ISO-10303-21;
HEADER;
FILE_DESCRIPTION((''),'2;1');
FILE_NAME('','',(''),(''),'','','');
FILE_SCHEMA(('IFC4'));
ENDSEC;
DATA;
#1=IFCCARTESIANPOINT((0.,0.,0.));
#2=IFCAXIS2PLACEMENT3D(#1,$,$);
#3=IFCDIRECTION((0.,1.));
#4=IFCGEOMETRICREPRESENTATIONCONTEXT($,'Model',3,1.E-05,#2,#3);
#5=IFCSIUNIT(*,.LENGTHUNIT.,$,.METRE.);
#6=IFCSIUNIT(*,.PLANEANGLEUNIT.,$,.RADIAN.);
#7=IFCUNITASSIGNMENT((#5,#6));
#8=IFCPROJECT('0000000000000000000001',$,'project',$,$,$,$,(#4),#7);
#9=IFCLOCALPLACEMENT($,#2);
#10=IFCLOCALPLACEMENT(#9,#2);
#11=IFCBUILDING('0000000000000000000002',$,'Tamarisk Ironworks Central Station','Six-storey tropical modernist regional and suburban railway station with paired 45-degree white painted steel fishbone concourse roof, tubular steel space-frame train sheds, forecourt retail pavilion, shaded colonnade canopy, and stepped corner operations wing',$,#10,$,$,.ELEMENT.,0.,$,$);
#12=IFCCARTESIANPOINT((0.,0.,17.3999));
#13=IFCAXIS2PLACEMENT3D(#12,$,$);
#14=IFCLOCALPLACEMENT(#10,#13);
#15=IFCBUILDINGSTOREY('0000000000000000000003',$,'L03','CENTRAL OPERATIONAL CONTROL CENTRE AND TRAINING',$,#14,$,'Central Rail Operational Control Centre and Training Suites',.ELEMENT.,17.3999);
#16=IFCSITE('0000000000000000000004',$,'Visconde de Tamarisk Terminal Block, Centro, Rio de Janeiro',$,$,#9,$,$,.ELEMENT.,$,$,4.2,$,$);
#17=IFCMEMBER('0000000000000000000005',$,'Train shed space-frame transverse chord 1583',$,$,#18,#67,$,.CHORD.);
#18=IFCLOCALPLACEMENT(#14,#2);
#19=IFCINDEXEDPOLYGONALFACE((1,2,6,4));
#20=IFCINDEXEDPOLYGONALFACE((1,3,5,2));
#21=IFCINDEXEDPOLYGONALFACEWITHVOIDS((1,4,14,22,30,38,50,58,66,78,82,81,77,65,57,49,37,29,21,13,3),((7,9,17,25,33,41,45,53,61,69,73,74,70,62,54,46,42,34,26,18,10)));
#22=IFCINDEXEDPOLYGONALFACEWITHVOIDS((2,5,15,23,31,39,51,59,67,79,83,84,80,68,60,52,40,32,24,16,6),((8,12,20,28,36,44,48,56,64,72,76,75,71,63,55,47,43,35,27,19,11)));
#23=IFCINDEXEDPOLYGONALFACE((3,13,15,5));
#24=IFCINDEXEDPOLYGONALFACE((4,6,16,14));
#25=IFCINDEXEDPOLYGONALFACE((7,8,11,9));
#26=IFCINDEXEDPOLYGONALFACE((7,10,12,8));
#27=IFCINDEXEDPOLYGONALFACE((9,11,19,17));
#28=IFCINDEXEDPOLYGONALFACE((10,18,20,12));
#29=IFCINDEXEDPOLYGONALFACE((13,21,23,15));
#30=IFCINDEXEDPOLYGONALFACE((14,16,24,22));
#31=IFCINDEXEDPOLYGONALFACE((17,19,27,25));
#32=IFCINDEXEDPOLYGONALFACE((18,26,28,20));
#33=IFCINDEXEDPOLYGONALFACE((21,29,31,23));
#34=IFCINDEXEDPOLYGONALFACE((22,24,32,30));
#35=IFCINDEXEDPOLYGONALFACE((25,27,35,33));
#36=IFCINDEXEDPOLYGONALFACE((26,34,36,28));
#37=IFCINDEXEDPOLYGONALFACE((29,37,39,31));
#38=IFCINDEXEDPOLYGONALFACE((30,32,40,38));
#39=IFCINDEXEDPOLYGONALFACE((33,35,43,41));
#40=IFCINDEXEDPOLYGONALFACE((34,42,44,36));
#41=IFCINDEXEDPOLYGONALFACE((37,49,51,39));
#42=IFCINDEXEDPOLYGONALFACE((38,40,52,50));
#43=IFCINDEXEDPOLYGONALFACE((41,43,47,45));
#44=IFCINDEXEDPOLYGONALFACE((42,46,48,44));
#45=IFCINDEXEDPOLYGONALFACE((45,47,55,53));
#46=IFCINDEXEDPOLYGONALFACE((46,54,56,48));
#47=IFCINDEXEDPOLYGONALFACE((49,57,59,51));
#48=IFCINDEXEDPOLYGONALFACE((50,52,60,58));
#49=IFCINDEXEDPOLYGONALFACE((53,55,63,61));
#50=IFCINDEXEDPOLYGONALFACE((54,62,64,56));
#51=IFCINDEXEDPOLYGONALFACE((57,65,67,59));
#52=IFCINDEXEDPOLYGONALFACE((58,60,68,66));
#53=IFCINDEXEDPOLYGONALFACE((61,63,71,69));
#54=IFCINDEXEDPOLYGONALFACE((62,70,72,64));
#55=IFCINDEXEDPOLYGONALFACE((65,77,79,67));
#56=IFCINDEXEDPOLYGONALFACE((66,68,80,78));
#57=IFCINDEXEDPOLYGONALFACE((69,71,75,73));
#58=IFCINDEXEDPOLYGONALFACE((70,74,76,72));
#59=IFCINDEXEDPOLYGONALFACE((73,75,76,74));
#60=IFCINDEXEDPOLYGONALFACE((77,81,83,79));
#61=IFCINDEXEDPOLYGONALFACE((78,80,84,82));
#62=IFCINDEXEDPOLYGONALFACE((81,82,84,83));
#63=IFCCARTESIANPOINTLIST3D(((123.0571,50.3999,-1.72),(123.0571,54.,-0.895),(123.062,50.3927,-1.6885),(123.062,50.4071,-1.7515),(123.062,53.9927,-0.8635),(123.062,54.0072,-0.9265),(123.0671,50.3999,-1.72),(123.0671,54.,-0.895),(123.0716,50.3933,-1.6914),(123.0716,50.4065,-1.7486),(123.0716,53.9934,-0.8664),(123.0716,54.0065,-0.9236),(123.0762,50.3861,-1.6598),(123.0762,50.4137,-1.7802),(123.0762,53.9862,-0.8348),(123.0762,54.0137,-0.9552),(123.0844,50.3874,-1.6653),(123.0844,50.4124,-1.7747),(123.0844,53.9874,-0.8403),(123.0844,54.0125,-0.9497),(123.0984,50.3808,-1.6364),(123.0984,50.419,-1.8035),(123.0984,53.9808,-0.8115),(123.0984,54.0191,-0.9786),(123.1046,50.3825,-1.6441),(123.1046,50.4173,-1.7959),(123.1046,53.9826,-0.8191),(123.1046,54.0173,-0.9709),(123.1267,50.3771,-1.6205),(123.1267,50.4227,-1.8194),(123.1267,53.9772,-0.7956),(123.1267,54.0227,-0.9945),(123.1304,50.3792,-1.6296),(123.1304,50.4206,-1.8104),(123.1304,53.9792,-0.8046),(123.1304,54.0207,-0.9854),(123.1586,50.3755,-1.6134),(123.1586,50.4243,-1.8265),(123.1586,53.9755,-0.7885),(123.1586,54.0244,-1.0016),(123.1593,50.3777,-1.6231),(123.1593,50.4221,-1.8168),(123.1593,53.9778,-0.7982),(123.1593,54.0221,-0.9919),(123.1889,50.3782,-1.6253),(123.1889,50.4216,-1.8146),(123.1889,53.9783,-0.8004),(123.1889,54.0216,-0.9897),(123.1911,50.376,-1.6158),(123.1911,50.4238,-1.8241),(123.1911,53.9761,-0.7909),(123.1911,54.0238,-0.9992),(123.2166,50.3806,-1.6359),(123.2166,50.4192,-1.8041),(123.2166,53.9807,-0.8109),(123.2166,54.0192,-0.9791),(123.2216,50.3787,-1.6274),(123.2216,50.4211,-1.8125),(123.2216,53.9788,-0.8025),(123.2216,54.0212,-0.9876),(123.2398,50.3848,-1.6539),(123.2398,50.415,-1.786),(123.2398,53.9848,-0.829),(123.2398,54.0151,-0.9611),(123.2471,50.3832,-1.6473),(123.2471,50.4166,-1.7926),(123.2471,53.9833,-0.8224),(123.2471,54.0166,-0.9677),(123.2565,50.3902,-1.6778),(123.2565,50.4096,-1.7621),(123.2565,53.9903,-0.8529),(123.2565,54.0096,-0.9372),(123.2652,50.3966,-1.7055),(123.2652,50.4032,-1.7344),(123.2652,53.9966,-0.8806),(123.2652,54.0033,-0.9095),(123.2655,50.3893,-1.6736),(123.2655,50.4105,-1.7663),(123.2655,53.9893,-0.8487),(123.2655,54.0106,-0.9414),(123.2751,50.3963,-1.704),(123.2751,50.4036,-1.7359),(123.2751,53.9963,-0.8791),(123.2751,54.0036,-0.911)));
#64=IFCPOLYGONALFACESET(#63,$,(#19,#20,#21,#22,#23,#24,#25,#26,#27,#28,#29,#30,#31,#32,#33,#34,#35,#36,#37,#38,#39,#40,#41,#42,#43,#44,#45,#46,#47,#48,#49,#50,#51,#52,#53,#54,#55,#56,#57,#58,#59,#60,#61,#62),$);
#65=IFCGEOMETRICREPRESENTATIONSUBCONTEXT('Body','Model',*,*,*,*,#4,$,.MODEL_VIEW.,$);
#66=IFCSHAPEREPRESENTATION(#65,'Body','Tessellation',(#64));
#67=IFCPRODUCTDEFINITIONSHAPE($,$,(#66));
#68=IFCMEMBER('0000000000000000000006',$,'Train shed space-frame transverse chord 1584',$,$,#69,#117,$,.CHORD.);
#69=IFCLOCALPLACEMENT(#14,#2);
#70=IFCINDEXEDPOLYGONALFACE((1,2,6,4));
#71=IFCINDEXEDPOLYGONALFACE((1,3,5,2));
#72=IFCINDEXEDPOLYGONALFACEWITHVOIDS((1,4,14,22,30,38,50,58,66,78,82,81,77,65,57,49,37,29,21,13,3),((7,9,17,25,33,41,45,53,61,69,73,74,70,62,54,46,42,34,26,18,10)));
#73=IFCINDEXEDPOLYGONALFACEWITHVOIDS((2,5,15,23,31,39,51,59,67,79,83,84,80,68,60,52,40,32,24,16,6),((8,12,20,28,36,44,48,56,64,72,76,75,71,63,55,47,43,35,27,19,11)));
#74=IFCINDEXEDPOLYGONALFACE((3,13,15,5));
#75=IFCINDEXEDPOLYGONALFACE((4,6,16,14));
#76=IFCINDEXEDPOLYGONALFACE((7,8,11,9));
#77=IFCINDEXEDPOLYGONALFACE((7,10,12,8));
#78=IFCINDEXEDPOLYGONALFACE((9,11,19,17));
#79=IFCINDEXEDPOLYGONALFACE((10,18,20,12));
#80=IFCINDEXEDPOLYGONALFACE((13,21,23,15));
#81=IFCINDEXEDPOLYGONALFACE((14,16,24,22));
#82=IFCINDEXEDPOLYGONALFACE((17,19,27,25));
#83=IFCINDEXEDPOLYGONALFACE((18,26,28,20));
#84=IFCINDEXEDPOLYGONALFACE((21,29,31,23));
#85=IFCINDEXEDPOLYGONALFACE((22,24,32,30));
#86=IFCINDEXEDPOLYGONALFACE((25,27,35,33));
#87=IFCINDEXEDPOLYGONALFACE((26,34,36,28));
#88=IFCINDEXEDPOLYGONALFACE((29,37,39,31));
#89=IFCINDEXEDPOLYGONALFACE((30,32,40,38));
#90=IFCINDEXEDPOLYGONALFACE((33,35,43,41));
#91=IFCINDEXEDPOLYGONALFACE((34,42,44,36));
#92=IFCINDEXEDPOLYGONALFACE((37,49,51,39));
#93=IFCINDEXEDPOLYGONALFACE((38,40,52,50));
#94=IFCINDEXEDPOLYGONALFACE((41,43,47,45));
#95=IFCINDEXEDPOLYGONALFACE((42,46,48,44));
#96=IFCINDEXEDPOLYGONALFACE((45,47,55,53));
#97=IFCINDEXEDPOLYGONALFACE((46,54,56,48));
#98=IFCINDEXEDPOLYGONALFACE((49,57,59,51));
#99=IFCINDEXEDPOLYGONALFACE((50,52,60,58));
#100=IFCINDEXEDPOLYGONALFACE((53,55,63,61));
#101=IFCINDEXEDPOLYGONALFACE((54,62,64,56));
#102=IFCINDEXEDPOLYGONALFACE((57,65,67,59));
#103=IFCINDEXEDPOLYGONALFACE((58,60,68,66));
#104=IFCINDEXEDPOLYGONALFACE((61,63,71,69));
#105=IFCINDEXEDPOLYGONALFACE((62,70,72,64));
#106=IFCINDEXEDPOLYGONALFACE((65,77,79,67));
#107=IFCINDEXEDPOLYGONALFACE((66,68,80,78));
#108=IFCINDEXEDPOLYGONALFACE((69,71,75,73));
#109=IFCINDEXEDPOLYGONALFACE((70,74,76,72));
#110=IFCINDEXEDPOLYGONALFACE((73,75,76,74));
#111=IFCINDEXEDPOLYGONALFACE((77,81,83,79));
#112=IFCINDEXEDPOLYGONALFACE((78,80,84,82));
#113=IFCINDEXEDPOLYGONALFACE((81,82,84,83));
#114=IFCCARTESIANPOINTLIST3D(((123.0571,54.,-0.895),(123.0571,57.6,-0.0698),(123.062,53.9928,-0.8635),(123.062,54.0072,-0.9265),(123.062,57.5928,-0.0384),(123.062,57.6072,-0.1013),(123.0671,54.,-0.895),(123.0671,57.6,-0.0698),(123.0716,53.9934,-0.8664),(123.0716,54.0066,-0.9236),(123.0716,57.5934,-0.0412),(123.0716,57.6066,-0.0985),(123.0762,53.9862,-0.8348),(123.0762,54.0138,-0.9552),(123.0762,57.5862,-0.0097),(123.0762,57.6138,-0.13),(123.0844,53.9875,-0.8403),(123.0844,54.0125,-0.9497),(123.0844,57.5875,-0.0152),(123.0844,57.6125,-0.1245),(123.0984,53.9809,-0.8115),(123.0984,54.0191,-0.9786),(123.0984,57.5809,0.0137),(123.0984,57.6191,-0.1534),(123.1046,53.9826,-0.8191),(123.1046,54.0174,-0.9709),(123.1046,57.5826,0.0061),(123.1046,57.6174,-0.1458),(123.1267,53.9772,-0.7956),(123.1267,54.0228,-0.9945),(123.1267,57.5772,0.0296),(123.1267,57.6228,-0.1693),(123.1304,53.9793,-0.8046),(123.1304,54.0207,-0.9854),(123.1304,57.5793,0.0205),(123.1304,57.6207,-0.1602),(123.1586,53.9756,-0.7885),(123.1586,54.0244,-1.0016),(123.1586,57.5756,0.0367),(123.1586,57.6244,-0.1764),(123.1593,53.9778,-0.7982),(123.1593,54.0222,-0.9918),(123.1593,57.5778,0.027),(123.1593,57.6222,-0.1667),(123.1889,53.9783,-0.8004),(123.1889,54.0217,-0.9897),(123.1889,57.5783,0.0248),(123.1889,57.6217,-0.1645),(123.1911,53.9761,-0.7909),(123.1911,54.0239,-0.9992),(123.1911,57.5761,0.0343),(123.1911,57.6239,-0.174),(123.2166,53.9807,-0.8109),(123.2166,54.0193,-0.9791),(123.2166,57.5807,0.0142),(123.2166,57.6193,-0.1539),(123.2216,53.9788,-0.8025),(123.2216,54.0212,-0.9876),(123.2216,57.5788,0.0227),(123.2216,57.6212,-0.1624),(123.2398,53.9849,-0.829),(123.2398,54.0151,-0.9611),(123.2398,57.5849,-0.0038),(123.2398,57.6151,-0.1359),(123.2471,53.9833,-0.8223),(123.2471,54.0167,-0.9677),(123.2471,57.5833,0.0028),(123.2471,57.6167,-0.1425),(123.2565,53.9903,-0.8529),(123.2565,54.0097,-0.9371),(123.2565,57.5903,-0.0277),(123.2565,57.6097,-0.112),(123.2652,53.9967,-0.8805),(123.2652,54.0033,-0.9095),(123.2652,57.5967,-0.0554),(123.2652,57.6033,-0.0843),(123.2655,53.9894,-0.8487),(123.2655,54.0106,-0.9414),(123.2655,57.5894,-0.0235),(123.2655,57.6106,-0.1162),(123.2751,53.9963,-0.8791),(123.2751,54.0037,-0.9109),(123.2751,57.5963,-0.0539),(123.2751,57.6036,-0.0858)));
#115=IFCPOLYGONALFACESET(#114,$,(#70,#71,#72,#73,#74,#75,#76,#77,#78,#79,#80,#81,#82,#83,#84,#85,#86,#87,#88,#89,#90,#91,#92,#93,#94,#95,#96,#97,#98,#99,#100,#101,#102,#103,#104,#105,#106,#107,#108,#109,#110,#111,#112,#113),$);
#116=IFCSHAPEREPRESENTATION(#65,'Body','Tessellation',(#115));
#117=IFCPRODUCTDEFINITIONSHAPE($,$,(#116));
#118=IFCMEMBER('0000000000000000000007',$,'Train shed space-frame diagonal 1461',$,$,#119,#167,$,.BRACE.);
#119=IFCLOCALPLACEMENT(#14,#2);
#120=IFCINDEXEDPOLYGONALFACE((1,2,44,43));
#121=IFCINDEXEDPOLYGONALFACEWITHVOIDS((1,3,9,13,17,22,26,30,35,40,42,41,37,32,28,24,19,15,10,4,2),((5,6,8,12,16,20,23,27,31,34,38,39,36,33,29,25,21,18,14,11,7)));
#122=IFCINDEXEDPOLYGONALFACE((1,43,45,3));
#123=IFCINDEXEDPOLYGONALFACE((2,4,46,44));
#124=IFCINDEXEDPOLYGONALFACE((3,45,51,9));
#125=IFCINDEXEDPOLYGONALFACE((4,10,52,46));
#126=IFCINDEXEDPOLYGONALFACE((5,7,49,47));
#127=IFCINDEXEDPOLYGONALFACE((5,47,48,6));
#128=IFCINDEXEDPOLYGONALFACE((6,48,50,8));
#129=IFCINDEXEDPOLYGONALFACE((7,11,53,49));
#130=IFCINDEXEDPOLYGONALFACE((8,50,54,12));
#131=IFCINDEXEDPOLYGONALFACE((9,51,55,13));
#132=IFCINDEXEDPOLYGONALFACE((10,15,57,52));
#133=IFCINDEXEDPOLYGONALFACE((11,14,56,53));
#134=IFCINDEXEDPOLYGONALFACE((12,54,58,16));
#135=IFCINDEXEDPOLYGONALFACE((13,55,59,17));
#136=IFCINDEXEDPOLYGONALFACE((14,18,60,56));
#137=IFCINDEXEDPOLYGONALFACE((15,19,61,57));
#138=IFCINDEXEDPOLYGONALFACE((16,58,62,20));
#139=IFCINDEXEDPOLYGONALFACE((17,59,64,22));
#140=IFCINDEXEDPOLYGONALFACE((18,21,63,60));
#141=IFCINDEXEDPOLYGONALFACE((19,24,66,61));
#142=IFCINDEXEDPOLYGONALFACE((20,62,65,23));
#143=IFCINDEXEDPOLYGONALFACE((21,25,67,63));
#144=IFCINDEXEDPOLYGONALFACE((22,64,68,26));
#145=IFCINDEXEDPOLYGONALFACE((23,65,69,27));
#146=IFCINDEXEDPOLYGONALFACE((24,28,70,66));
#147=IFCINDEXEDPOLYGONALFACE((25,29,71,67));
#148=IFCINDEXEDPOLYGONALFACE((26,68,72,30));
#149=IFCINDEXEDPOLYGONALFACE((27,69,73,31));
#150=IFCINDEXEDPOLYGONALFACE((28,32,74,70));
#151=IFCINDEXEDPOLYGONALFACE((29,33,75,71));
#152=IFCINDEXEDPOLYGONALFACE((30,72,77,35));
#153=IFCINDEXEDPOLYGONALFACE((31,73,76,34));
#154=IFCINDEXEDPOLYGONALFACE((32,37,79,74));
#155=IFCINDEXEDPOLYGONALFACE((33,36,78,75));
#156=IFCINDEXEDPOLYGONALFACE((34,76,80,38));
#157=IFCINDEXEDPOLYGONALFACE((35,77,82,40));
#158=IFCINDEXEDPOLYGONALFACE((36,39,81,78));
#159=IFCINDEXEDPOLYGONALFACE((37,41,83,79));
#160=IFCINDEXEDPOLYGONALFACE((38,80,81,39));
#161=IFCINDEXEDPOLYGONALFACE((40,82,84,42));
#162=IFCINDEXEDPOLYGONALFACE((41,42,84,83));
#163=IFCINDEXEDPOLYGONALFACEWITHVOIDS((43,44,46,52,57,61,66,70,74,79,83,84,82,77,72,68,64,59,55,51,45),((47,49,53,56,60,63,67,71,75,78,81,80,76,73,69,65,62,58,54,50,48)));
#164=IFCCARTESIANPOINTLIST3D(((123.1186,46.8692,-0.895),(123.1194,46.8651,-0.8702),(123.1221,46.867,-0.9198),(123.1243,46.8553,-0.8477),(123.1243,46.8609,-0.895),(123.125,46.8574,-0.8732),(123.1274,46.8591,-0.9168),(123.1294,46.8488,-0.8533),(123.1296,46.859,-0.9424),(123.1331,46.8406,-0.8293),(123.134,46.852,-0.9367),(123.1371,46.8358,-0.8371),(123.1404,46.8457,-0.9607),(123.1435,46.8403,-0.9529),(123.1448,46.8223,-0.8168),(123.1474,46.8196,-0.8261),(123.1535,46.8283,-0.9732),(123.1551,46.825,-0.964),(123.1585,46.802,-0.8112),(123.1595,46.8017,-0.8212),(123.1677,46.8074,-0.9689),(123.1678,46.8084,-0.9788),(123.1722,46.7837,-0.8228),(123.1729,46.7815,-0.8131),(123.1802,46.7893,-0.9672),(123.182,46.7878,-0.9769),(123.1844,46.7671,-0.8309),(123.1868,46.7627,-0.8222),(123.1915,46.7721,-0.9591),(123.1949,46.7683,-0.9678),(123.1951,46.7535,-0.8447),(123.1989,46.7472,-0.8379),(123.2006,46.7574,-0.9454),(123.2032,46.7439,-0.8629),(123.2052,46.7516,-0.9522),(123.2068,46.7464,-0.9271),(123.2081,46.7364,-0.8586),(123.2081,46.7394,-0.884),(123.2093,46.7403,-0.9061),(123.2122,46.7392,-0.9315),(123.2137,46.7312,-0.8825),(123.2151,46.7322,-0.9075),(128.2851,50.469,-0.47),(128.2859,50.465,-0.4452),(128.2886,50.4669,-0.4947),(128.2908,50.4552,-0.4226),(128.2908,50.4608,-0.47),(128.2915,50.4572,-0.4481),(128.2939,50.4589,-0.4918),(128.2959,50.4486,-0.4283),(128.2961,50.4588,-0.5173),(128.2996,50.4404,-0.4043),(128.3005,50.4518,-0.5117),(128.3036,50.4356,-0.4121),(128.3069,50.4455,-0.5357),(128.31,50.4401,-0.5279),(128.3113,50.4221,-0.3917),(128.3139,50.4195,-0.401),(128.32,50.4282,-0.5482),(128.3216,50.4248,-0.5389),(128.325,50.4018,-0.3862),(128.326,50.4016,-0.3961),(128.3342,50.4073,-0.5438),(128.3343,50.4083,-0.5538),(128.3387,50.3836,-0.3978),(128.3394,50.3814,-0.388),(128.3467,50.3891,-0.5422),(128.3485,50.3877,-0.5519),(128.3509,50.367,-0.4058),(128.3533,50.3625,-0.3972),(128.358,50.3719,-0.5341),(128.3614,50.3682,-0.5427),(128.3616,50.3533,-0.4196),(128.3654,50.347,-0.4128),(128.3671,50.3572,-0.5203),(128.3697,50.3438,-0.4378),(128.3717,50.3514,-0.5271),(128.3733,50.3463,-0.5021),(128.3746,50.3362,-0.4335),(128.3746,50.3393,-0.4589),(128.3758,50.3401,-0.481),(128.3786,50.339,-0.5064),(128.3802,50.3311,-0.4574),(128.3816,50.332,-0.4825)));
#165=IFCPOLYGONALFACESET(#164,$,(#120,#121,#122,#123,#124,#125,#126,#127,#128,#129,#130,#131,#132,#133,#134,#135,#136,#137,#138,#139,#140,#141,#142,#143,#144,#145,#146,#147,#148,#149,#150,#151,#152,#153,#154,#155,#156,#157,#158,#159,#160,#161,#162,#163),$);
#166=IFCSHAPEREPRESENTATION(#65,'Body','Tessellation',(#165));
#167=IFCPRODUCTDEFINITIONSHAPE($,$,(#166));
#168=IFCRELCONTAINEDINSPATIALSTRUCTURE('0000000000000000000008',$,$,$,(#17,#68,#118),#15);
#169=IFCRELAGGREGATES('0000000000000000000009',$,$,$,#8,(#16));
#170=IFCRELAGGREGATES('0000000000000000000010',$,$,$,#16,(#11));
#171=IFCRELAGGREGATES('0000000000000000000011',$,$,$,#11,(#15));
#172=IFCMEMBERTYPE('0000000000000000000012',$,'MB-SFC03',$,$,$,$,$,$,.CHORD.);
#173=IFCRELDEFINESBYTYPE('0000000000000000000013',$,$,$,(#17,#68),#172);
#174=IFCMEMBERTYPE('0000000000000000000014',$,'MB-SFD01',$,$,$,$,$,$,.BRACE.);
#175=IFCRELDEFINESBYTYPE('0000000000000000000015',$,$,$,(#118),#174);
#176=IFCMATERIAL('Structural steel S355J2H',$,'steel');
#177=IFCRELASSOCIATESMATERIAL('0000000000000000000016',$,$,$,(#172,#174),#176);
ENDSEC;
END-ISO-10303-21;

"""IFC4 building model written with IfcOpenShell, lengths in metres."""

from ifc_helpers import new_model, si_unit, direction, frame, origin, origin_2d, place, context, subcontext, project, spatial, hollow_circle, extrude, material, material_profile, profile_set, type_object, element, save


model = new_model("IFC4")

# Units and contexts
model_context = context("Model", 3, precision=1e-05, world=origin(), true_north=direction((0.0, 1.0)))
body_context = subcontext(model_context, "Body", "Model", "MODEL_VIEW")
ifc_project = project(units=[si_unit("LENGTHUNIT", "METRE"), si_unit("PLANEANGLEUNIT", "RADIAN")], contexts=[model_context])

# Site, building, storey
site_placement = place(None, origin())
site = spatial("IfcSite", under=ifc_project, at=site_placement, Name="Visconde de Tamarisk Terminal Block, Centro, Rio de Janeiro", CompositionType="ELEMENT", RefElevation=4.2)
building_placement = place(site_placement, origin())
building = spatial("IfcBuilding", under=site, at=building_placement, Name="Tamarisk Ironworks Central Station", Description="Six-storey tropical modernist regional and suburban railway station with paired 45-degree white painted steel fishbone concourse roof, tubular steel space-frame train sheds, forecourt retail pavilion, shaded colonnade canopy, and stepped corner operations wing", CompositionType="ELEMENT", ElevationOfRefHeight=0.0)
storey_placement = place(building_placement, frame((0.0, 0.0, 17.3999)))
storey = spatial("IfcBuildingStorey", under=building, at=storey_placement, Name="L03", Description="CENTRAL OPERATIONAL CONTROL CENTRE AND TRAINING", LongName="Central Rail Operational Control Centre and Training Suites", CompositionType="ELEMENT", Elevation=17.3999)

# Members
ifc_material_1 = material(Name="Structural steel S355J2H", Category="steel")
ifc_material_profile_1 = material_profile(ifc_material_1, hollow_circle(Radius=0.1096, WallThickness=0.01, at=origin_2d()), Name="CHS 219.1x10")
ifc_profile_set_1 = profile_set([ifc_material_profile_1], Name="Structural steel S355J2H")
member_type_1 = type_object("IfcMemberType", Name="MB-SFC03", PredefinedType="CHORD", material=ifc_profile_set_1)
for number, where, z_axis, x_axis, name in (
    (1, (123.1667, 50.3999, -1.72), (0.0, 0.974737, 0.223358), (-1.0, 0.0, 0.0), "Train shed space-frame transverse chord 1583"),
    (2, (123.1667, 54.0, -0.895), (0.0, 0.974722, 0.223421), (-1.0, 0.0, 0.0), "Train shed space-frame transverse chord 1584"),
):
    element("IfcMember", number, at=place(storey_placement, frame(where, z_axis=z_axis, x_axis=x_axis)), inside=storey, type_object=member_type_1, Name=name, PredefinedType="CHORD", context=body_context, shape_type="SweptSolid", body=[
        extrude(hollow_circle(Radius=0.1096, WallThickness=0.01, at=origin_2d()), origin(), (0.0, 0.0, 1.0), 3.6934),
    ])
ifc_material_profile_2 = material_profile(ifc_material_1, hollow_circle(Radius=0.0842, WallThickness=0.01, at=origin_2d()), Name="CHS 168.3x10")
ifc_profile_set_2 = profile_set([ifc_material_profile_2], Name="Structural steel S355J2H")
member_type_2 = type_object("IfcMemberType", Name="MB-SFD01", PredefinedType="BRACE", material=ifc_profile_set_2)
member_1_placement = place(storey_placement, frame((123.1667, 46.8, -0.895), z_axis=(0.818613, 0.570383, 0.067347), x_axis=(-0.571681, 0.820476, 0.0)))
element("IfcMember", 3, at=member_1_placement, inside=storey, type_object=member_type_2, Name="Train shed space-frame diagonal 1461", PredefinedType="BRACE", context=body_context, shape_type="SweptSolid", body=[
    extrude(hollow_circle(Radius=0.0842, WallThickness=0.01, at=origin_2d()), origin(), (0.0, 0.0, 1.0), 6.3113),
])

save(model, "model.ifc")
